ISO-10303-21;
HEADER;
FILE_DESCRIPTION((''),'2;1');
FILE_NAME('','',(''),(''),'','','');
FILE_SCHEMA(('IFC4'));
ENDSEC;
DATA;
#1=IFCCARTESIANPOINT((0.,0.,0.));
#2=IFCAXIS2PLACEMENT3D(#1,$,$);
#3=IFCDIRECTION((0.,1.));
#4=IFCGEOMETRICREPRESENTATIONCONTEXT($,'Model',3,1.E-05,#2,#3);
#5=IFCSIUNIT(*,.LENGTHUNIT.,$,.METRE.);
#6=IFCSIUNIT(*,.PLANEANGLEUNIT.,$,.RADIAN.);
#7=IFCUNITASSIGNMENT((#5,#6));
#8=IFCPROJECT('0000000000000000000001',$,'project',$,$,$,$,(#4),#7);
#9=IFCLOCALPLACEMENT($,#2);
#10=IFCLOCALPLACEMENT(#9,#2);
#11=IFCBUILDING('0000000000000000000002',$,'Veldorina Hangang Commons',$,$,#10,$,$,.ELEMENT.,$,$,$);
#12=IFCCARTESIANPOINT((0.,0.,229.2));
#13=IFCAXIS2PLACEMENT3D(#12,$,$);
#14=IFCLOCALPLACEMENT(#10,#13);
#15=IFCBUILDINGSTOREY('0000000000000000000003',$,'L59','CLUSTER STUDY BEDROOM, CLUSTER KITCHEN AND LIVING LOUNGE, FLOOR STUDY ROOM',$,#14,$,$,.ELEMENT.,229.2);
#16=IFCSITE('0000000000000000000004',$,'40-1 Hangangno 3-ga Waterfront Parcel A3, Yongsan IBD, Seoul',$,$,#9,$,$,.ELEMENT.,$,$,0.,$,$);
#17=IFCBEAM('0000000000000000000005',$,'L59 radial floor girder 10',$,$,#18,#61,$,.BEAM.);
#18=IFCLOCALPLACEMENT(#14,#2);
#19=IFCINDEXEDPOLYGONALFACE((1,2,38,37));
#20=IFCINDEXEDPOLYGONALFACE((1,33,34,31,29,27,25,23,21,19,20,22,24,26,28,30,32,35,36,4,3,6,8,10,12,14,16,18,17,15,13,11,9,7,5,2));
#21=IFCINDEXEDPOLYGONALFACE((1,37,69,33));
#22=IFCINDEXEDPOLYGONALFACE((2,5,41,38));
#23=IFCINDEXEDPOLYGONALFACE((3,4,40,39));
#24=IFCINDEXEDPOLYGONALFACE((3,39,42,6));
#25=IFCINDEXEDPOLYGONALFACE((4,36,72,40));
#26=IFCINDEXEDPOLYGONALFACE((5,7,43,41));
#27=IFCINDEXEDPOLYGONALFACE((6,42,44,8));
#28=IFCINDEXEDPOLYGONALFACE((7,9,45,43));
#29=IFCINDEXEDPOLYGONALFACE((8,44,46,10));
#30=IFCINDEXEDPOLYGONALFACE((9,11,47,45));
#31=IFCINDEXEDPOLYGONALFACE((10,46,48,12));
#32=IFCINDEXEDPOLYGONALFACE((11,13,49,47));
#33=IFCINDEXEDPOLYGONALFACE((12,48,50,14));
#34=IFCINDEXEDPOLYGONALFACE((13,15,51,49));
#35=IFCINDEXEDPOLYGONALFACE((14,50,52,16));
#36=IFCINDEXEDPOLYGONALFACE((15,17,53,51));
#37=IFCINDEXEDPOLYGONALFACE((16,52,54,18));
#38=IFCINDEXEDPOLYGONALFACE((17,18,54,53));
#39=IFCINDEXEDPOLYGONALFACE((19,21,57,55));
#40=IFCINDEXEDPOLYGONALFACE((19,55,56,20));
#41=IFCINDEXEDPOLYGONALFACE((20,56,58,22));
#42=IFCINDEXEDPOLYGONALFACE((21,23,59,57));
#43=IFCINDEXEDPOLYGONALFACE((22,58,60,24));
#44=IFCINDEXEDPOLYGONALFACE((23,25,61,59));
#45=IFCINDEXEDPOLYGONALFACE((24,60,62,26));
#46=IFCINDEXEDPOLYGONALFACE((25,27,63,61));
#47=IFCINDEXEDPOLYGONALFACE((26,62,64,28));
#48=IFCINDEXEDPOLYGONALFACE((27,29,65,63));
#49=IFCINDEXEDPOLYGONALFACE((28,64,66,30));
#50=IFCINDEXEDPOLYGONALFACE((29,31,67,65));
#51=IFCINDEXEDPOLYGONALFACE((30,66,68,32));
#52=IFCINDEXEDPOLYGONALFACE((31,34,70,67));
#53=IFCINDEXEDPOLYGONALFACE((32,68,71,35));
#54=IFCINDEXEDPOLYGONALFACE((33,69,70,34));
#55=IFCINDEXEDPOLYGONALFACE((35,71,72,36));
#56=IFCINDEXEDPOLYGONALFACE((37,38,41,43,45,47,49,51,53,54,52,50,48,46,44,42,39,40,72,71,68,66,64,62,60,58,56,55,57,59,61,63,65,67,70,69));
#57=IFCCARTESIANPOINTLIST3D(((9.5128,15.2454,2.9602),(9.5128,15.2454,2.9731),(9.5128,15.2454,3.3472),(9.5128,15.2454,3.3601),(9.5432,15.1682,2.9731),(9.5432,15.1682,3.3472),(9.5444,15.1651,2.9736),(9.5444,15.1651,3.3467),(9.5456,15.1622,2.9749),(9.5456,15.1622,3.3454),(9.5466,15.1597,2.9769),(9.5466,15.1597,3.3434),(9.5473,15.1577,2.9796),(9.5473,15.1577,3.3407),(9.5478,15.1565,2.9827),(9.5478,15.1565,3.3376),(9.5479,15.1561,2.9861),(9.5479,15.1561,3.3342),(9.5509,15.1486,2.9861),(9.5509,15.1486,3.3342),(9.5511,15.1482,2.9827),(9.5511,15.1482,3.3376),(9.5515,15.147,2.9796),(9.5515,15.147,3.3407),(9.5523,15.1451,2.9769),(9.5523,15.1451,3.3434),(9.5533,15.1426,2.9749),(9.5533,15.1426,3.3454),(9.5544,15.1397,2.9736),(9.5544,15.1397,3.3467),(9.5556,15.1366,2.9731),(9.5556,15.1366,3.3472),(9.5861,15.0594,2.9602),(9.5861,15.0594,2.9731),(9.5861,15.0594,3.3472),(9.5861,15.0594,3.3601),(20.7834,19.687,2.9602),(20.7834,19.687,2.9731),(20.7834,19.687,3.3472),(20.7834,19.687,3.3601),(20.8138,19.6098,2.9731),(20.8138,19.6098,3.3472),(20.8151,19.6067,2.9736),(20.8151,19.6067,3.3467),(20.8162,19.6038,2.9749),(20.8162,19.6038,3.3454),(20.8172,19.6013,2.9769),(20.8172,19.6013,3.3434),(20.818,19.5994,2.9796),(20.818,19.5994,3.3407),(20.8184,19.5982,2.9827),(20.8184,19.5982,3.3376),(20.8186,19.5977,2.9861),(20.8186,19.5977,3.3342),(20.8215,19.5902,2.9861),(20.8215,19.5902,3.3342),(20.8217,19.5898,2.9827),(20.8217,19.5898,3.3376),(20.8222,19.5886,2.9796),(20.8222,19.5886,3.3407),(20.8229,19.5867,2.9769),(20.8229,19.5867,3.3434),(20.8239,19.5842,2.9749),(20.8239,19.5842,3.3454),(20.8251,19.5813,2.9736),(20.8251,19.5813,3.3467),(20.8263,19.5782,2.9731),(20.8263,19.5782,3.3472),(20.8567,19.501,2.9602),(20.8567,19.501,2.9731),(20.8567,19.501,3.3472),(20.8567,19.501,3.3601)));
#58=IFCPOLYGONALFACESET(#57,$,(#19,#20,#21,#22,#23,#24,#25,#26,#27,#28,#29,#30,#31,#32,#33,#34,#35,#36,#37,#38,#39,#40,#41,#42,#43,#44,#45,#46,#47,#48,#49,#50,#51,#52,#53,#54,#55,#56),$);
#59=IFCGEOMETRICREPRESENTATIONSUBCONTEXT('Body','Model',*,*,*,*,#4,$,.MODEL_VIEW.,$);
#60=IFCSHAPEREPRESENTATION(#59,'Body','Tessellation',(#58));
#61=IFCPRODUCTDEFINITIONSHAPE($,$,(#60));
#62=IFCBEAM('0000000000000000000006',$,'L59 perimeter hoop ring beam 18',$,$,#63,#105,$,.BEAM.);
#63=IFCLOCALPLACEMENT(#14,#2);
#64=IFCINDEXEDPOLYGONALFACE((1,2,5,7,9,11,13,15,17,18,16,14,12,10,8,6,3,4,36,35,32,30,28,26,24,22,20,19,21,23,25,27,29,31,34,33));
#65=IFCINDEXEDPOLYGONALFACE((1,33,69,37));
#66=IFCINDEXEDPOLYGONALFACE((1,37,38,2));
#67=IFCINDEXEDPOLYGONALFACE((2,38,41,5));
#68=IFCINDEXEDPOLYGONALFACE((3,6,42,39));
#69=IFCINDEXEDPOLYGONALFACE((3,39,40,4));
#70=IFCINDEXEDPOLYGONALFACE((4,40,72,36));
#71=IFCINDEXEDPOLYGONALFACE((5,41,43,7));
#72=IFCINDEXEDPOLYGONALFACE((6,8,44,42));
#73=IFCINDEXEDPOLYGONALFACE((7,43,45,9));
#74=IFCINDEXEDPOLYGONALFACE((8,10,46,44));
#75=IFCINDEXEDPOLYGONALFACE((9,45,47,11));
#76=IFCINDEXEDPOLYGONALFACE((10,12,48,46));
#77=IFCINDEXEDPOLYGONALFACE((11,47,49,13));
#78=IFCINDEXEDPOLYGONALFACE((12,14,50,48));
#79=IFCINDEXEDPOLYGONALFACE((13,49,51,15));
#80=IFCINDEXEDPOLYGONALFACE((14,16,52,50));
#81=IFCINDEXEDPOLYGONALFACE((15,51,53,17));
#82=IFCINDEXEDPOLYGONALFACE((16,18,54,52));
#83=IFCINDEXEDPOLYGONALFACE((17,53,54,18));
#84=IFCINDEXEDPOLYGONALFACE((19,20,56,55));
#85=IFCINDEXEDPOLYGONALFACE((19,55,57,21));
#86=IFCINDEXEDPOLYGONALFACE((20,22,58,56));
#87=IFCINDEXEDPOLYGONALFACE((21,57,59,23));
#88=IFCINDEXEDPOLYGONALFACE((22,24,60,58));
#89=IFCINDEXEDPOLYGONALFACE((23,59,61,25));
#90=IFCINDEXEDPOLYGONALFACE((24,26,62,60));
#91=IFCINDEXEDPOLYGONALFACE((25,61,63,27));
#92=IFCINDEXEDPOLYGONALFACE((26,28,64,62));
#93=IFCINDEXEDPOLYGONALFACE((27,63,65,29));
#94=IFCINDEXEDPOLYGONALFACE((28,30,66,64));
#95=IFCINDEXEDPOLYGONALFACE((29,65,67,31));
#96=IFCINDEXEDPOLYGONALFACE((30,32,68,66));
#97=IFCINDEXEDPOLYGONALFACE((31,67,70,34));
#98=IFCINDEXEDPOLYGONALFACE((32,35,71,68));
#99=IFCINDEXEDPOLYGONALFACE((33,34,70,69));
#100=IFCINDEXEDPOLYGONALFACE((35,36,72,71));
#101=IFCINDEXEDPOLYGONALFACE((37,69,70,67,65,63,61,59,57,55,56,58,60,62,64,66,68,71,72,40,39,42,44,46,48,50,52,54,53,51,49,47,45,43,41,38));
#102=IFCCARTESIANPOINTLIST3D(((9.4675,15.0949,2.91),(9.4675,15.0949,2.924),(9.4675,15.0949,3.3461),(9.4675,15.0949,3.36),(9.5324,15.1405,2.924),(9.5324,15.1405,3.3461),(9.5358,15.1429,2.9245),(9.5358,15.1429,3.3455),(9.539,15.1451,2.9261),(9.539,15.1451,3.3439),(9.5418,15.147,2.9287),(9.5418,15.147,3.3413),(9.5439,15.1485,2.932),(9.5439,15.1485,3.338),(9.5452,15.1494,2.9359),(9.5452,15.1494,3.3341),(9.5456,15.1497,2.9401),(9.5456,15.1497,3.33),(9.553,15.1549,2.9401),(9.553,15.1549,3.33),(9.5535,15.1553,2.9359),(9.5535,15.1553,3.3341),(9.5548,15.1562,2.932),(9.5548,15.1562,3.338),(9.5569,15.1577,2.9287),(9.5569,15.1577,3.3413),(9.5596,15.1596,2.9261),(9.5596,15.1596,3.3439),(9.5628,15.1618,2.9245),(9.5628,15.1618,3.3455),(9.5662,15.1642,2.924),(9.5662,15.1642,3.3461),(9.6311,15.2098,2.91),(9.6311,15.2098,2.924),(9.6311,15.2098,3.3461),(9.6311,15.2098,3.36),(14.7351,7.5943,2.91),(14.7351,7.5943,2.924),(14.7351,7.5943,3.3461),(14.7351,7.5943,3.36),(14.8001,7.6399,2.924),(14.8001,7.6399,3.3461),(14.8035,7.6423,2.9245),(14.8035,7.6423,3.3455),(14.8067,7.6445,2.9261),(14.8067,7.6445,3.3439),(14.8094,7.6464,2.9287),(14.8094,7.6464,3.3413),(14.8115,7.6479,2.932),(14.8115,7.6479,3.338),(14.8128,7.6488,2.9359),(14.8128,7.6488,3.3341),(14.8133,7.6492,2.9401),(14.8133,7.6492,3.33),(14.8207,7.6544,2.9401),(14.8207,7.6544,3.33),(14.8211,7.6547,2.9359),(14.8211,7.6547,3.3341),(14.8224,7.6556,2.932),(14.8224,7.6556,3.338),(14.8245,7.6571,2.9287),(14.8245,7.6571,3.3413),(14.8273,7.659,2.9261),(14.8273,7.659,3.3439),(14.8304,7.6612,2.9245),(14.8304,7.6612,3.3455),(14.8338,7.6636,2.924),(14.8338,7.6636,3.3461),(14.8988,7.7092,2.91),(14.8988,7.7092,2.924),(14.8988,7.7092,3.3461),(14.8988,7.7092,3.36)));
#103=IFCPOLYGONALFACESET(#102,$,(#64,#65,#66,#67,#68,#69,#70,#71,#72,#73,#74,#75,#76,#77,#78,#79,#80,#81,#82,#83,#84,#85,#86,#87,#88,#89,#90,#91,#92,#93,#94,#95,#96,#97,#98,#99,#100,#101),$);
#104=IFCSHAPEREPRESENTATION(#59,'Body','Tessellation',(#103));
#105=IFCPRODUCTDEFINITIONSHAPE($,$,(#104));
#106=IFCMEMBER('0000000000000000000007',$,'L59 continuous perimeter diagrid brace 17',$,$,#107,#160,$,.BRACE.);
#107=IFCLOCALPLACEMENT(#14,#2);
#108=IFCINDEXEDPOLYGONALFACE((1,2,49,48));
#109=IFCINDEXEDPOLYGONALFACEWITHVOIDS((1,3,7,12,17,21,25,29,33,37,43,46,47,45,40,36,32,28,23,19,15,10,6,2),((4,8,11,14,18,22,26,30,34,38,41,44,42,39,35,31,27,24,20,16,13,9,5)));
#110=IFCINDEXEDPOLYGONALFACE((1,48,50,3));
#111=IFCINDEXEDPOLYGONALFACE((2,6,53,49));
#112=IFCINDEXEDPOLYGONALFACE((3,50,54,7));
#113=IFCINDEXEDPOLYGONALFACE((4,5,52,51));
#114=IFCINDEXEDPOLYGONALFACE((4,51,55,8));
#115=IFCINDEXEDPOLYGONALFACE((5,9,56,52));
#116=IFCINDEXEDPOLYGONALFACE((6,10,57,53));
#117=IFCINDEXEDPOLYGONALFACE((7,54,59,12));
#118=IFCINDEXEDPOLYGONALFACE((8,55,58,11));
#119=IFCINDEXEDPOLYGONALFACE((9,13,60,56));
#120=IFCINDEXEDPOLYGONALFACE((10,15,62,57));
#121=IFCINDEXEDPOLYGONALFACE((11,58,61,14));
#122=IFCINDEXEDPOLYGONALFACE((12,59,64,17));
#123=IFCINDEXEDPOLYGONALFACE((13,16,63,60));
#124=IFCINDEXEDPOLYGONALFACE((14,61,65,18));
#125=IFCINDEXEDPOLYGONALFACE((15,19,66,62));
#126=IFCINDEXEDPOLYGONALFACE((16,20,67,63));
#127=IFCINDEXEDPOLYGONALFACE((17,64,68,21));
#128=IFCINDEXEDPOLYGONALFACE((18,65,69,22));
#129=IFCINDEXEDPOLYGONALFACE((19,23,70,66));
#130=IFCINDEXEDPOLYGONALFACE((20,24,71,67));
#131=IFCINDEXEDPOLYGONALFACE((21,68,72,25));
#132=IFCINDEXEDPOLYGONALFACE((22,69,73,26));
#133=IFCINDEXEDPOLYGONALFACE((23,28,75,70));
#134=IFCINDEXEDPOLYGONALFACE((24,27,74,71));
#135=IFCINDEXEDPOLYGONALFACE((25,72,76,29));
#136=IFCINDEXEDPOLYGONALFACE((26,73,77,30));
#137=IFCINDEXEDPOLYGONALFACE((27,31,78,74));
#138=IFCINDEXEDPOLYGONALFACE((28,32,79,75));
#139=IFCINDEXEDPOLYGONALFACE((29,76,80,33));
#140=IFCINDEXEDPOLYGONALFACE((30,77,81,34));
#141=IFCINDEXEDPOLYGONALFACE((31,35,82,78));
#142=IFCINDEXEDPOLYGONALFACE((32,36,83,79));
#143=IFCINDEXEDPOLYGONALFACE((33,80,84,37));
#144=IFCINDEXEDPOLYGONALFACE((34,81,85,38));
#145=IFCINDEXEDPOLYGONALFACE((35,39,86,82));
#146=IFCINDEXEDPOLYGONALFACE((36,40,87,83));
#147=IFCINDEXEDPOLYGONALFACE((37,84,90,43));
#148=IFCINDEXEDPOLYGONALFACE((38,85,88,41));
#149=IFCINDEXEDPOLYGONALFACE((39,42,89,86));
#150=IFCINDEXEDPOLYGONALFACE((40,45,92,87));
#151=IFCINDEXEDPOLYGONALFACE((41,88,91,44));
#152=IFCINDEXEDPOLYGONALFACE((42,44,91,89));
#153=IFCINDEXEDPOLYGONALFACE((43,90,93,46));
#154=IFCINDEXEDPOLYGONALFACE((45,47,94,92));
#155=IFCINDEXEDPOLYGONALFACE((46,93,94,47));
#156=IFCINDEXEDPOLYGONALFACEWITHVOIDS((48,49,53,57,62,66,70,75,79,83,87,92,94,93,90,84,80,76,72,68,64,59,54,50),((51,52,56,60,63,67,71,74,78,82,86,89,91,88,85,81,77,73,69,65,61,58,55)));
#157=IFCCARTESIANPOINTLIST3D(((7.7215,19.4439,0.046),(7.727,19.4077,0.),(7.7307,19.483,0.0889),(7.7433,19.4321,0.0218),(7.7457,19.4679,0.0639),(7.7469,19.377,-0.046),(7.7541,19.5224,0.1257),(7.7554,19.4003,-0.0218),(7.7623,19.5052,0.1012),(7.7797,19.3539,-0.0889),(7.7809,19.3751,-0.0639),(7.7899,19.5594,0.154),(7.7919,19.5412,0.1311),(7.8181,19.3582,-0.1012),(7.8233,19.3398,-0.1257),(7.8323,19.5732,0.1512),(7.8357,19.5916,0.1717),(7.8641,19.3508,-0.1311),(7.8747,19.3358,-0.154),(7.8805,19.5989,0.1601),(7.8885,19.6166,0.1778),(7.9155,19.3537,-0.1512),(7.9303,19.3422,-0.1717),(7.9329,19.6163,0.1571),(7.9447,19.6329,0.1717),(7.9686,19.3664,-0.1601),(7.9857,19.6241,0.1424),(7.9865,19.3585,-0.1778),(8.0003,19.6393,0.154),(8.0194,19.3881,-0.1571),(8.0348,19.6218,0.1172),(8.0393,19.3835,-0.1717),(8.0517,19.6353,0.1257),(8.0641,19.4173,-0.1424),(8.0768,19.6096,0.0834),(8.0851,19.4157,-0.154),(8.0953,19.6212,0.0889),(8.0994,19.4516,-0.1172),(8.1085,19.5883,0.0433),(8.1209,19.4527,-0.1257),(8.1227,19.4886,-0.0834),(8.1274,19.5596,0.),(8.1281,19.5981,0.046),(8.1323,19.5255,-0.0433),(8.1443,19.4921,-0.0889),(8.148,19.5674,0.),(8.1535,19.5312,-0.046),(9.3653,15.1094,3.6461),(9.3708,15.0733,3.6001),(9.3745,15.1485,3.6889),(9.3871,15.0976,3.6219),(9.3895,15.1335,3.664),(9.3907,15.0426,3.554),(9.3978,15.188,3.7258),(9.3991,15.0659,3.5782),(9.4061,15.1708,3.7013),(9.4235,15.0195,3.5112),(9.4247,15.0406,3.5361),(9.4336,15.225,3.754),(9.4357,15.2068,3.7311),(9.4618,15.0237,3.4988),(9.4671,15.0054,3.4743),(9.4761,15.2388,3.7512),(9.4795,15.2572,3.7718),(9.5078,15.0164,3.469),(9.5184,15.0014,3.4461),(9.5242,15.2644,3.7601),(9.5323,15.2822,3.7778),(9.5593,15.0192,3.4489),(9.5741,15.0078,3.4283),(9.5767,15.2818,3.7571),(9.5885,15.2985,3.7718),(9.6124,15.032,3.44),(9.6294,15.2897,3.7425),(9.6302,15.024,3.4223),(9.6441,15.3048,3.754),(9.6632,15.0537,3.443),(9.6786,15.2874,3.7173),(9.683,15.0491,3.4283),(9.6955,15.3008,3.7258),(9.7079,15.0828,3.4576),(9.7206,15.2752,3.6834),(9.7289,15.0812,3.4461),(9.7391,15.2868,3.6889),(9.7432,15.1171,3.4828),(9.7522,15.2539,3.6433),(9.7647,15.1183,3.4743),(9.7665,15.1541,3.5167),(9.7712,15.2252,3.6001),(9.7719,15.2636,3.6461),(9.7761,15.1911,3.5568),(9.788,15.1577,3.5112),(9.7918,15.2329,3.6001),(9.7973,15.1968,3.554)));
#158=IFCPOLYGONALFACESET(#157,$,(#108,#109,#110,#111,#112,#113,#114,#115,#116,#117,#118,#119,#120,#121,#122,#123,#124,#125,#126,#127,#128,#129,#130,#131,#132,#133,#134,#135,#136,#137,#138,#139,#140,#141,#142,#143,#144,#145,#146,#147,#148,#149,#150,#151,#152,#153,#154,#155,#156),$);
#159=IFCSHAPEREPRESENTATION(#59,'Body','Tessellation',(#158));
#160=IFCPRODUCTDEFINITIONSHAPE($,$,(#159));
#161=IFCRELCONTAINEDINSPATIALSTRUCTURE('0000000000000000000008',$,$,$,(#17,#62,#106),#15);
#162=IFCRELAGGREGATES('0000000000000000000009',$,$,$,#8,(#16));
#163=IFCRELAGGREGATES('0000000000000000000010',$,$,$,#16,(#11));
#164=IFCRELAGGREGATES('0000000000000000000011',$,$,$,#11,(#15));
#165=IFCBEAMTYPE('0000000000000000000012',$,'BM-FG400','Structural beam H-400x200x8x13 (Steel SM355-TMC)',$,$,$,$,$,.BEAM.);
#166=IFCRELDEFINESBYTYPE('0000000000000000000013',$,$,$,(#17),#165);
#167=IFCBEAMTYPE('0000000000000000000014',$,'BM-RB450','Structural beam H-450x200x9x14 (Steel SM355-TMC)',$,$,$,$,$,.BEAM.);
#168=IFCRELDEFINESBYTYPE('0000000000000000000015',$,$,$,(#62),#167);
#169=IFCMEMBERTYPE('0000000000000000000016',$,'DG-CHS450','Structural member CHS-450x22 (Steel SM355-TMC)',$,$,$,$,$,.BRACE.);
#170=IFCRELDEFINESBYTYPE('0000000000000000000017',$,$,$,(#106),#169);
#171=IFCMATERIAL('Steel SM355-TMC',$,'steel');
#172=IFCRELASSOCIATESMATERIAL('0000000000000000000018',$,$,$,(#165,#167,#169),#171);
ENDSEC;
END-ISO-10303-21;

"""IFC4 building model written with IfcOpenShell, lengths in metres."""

from ifc_helpers import new_model, si_unit, direction, frame, origin, origin_2d, place, context, subcontext, project, spatial, hollow_circle, i_section, extrude, material, material_profile, profile_set, type_object, element, save


model = new_model("IFC4")

# Units and contexts
model_context = context("Model", 3, precision=1e-05, world=origin(), true_north=direction((0.0, 1.0)))
body_context = subcontext(model_context, "Body", "Model", "MODEL_VIEW")
ifc_project = project(units=[si_unit("LENGTHUNIT", "METRE"), si_unit("PLANEANGLEUNIT", "RADIAN")], contexts=[model_context])

# Site, building, storey
site_placement = place(None, origin())
site = spatial("IfcSite", under=ifc_project, at=site_placement, Name="40-1 Hangangno 3-ga Waterfront Parcel A3, Yongsan IBD, Seoul", CompositionType="ELEMENT", RefElevation=0.0)
building_placement = place(site_placement, origin())
building = spatial("IfcBuilding", under=site, at=building_placement, Name="Veldorina Hangang Commons", CompositionType="ELEMENT")
storey_placement = place(building_placement, frame((0.0, 0.0, 229.2)))
storey = spatial("IfcBuildingStorey", under=building, at=storey_placement, Name="L59", Description="CLUSTER STUDY BEDROOM, CLUSTER KITCHEN AND LIVING LOUNGE, FLOOR STUDY ROOM", CompositionType="ELEMENT", Elevation=229.2)

# Beams
ifc_material_1 = material(Name="Steel SM355-TMC", Category="steel")
ifc_material_profile_1 = material_profile(ifc_material_1, i_section(OverallWidth=0.2, OverallDepth=0.3999, WebThickness=0.0081, FlangeThickness=0.0129, FilletRadius=0.0129, at=origin_2d()), Name="H-400x200x8x13")
ifc_profile_set_1 = profile_set([ifc_material_profile_1], Name="Steel SM355-TMC")
beam_type_1 = type_object("IfcBeamType", Name="BM-FG400", Description="Structural beam H-400x200x8x13 (Steel SM355-TMC)", PredefinedType="BEAM", material=ifc_profile_set_1)
beam_1_placement = place(storey_placement, frame((20.8201, 19.594, 3.1602), z_axis=(-0.930362, -0.366643, 0.0), x_axis=(0.366643, -0.930362, 0.0)))
element("IfcBeam", 1, at=beam_1_placement, inside=storey, type_object=beam_type_1, Name="L59 radial floor girder 10", PredefinedType="BEAM", context=body_context, shape_type="SweptSolid", body=[
    extrude(i_section(OverallWidth=0.2, OverallDepth=0.3999, WebThickness=0.0081, FlangeThickness=0.0129, FilletRadius=0.0129, at=origin_2d()), origin(), (0.0, 0.0, 1.0), 12.1143),
])
ifc_material_profile_2 = material_profile(ifc_material_1, i_section(OverallWidth=0.2, OverallDepth=0.45, WebThickness=0.009, FlangeThickness=0.0139, FilletRadius=0.0161, at=origin_2d()), Name="H-450x200x9x14")
ifc_profile_set_2 = profile_set([ifc_material_profile_2], Name="Steel SM355-TMC")
beam_type_2 = type_object("IfcBeamType", Name="BM-RB450", Description="Structural beam H-450x200x9x14 (Steel SM355-TMC)", PredefinedType="BEAM", material=ifc_profile_set_2)
beam_2_placement = place(storey_placement, frame((9.5493, 15.1523, 3.135), z_axis=(0.574724, -0.818347, 0.0), x_axis=(0.818347, 0.574724, 0.0)))
element("IfcBeam", 2, at=beam_2_placement, inside=storey, type_object=beam_type_2, Name="L59 perimeter hoop ring beam 18", PredefinedType="BEAM", context=body_context, shape_type="SweptSolid", body=[
    extrude(i_section(OverallWidth=0.2, OverallDepth=0.45, WebThickness=0.009, FlangeThickness=0.0139, FilletRadius=0.0161, at=origin_2d()), origin(), (0.0, 0.0, 1.0), 9.1655),
])

# Member
ifc_material_profile_3 = material_profile(ifc_material_1, hollow_circle(Radius=0.2251, WallThickness=0.022, at=origin_2d()), Name="CHS-450x22")
ifc_profile_set_3 = profile_set([ifc_material_profile_3], Name="Steel SM355-TMC")
member_type_1 = type_object("IfcMemberType", Name="DG-CHS450", Description="Structural member CHS-450x22 (Steel SM355-TMC)", PredefinedType="BRACE", material=ifc_profile_set_3)
member_1_placement = place(storey_placement, frame((7.9375, 19.4875, 0.0), z_axis=(0.28006, -0.73848, 0.613362), x_axis=(0.93502, 0.354595, 0.0)))
element("IfcMember", 3, at=member_1_placement, inside=storey, type_object=member_type_1, Name="L59 continuous perimeter diagrid brace 17", PredefinedType="BRACE", context=body_context, shape_type="SweptSolid", body=[
    extrude(hollow_circle(Radius=0.2251, WallThickness=0.022, at=origin_2d()), origin(), (0.0, 0.0, 1.0), 5.8694),
])

save(model, "model.ifc")
